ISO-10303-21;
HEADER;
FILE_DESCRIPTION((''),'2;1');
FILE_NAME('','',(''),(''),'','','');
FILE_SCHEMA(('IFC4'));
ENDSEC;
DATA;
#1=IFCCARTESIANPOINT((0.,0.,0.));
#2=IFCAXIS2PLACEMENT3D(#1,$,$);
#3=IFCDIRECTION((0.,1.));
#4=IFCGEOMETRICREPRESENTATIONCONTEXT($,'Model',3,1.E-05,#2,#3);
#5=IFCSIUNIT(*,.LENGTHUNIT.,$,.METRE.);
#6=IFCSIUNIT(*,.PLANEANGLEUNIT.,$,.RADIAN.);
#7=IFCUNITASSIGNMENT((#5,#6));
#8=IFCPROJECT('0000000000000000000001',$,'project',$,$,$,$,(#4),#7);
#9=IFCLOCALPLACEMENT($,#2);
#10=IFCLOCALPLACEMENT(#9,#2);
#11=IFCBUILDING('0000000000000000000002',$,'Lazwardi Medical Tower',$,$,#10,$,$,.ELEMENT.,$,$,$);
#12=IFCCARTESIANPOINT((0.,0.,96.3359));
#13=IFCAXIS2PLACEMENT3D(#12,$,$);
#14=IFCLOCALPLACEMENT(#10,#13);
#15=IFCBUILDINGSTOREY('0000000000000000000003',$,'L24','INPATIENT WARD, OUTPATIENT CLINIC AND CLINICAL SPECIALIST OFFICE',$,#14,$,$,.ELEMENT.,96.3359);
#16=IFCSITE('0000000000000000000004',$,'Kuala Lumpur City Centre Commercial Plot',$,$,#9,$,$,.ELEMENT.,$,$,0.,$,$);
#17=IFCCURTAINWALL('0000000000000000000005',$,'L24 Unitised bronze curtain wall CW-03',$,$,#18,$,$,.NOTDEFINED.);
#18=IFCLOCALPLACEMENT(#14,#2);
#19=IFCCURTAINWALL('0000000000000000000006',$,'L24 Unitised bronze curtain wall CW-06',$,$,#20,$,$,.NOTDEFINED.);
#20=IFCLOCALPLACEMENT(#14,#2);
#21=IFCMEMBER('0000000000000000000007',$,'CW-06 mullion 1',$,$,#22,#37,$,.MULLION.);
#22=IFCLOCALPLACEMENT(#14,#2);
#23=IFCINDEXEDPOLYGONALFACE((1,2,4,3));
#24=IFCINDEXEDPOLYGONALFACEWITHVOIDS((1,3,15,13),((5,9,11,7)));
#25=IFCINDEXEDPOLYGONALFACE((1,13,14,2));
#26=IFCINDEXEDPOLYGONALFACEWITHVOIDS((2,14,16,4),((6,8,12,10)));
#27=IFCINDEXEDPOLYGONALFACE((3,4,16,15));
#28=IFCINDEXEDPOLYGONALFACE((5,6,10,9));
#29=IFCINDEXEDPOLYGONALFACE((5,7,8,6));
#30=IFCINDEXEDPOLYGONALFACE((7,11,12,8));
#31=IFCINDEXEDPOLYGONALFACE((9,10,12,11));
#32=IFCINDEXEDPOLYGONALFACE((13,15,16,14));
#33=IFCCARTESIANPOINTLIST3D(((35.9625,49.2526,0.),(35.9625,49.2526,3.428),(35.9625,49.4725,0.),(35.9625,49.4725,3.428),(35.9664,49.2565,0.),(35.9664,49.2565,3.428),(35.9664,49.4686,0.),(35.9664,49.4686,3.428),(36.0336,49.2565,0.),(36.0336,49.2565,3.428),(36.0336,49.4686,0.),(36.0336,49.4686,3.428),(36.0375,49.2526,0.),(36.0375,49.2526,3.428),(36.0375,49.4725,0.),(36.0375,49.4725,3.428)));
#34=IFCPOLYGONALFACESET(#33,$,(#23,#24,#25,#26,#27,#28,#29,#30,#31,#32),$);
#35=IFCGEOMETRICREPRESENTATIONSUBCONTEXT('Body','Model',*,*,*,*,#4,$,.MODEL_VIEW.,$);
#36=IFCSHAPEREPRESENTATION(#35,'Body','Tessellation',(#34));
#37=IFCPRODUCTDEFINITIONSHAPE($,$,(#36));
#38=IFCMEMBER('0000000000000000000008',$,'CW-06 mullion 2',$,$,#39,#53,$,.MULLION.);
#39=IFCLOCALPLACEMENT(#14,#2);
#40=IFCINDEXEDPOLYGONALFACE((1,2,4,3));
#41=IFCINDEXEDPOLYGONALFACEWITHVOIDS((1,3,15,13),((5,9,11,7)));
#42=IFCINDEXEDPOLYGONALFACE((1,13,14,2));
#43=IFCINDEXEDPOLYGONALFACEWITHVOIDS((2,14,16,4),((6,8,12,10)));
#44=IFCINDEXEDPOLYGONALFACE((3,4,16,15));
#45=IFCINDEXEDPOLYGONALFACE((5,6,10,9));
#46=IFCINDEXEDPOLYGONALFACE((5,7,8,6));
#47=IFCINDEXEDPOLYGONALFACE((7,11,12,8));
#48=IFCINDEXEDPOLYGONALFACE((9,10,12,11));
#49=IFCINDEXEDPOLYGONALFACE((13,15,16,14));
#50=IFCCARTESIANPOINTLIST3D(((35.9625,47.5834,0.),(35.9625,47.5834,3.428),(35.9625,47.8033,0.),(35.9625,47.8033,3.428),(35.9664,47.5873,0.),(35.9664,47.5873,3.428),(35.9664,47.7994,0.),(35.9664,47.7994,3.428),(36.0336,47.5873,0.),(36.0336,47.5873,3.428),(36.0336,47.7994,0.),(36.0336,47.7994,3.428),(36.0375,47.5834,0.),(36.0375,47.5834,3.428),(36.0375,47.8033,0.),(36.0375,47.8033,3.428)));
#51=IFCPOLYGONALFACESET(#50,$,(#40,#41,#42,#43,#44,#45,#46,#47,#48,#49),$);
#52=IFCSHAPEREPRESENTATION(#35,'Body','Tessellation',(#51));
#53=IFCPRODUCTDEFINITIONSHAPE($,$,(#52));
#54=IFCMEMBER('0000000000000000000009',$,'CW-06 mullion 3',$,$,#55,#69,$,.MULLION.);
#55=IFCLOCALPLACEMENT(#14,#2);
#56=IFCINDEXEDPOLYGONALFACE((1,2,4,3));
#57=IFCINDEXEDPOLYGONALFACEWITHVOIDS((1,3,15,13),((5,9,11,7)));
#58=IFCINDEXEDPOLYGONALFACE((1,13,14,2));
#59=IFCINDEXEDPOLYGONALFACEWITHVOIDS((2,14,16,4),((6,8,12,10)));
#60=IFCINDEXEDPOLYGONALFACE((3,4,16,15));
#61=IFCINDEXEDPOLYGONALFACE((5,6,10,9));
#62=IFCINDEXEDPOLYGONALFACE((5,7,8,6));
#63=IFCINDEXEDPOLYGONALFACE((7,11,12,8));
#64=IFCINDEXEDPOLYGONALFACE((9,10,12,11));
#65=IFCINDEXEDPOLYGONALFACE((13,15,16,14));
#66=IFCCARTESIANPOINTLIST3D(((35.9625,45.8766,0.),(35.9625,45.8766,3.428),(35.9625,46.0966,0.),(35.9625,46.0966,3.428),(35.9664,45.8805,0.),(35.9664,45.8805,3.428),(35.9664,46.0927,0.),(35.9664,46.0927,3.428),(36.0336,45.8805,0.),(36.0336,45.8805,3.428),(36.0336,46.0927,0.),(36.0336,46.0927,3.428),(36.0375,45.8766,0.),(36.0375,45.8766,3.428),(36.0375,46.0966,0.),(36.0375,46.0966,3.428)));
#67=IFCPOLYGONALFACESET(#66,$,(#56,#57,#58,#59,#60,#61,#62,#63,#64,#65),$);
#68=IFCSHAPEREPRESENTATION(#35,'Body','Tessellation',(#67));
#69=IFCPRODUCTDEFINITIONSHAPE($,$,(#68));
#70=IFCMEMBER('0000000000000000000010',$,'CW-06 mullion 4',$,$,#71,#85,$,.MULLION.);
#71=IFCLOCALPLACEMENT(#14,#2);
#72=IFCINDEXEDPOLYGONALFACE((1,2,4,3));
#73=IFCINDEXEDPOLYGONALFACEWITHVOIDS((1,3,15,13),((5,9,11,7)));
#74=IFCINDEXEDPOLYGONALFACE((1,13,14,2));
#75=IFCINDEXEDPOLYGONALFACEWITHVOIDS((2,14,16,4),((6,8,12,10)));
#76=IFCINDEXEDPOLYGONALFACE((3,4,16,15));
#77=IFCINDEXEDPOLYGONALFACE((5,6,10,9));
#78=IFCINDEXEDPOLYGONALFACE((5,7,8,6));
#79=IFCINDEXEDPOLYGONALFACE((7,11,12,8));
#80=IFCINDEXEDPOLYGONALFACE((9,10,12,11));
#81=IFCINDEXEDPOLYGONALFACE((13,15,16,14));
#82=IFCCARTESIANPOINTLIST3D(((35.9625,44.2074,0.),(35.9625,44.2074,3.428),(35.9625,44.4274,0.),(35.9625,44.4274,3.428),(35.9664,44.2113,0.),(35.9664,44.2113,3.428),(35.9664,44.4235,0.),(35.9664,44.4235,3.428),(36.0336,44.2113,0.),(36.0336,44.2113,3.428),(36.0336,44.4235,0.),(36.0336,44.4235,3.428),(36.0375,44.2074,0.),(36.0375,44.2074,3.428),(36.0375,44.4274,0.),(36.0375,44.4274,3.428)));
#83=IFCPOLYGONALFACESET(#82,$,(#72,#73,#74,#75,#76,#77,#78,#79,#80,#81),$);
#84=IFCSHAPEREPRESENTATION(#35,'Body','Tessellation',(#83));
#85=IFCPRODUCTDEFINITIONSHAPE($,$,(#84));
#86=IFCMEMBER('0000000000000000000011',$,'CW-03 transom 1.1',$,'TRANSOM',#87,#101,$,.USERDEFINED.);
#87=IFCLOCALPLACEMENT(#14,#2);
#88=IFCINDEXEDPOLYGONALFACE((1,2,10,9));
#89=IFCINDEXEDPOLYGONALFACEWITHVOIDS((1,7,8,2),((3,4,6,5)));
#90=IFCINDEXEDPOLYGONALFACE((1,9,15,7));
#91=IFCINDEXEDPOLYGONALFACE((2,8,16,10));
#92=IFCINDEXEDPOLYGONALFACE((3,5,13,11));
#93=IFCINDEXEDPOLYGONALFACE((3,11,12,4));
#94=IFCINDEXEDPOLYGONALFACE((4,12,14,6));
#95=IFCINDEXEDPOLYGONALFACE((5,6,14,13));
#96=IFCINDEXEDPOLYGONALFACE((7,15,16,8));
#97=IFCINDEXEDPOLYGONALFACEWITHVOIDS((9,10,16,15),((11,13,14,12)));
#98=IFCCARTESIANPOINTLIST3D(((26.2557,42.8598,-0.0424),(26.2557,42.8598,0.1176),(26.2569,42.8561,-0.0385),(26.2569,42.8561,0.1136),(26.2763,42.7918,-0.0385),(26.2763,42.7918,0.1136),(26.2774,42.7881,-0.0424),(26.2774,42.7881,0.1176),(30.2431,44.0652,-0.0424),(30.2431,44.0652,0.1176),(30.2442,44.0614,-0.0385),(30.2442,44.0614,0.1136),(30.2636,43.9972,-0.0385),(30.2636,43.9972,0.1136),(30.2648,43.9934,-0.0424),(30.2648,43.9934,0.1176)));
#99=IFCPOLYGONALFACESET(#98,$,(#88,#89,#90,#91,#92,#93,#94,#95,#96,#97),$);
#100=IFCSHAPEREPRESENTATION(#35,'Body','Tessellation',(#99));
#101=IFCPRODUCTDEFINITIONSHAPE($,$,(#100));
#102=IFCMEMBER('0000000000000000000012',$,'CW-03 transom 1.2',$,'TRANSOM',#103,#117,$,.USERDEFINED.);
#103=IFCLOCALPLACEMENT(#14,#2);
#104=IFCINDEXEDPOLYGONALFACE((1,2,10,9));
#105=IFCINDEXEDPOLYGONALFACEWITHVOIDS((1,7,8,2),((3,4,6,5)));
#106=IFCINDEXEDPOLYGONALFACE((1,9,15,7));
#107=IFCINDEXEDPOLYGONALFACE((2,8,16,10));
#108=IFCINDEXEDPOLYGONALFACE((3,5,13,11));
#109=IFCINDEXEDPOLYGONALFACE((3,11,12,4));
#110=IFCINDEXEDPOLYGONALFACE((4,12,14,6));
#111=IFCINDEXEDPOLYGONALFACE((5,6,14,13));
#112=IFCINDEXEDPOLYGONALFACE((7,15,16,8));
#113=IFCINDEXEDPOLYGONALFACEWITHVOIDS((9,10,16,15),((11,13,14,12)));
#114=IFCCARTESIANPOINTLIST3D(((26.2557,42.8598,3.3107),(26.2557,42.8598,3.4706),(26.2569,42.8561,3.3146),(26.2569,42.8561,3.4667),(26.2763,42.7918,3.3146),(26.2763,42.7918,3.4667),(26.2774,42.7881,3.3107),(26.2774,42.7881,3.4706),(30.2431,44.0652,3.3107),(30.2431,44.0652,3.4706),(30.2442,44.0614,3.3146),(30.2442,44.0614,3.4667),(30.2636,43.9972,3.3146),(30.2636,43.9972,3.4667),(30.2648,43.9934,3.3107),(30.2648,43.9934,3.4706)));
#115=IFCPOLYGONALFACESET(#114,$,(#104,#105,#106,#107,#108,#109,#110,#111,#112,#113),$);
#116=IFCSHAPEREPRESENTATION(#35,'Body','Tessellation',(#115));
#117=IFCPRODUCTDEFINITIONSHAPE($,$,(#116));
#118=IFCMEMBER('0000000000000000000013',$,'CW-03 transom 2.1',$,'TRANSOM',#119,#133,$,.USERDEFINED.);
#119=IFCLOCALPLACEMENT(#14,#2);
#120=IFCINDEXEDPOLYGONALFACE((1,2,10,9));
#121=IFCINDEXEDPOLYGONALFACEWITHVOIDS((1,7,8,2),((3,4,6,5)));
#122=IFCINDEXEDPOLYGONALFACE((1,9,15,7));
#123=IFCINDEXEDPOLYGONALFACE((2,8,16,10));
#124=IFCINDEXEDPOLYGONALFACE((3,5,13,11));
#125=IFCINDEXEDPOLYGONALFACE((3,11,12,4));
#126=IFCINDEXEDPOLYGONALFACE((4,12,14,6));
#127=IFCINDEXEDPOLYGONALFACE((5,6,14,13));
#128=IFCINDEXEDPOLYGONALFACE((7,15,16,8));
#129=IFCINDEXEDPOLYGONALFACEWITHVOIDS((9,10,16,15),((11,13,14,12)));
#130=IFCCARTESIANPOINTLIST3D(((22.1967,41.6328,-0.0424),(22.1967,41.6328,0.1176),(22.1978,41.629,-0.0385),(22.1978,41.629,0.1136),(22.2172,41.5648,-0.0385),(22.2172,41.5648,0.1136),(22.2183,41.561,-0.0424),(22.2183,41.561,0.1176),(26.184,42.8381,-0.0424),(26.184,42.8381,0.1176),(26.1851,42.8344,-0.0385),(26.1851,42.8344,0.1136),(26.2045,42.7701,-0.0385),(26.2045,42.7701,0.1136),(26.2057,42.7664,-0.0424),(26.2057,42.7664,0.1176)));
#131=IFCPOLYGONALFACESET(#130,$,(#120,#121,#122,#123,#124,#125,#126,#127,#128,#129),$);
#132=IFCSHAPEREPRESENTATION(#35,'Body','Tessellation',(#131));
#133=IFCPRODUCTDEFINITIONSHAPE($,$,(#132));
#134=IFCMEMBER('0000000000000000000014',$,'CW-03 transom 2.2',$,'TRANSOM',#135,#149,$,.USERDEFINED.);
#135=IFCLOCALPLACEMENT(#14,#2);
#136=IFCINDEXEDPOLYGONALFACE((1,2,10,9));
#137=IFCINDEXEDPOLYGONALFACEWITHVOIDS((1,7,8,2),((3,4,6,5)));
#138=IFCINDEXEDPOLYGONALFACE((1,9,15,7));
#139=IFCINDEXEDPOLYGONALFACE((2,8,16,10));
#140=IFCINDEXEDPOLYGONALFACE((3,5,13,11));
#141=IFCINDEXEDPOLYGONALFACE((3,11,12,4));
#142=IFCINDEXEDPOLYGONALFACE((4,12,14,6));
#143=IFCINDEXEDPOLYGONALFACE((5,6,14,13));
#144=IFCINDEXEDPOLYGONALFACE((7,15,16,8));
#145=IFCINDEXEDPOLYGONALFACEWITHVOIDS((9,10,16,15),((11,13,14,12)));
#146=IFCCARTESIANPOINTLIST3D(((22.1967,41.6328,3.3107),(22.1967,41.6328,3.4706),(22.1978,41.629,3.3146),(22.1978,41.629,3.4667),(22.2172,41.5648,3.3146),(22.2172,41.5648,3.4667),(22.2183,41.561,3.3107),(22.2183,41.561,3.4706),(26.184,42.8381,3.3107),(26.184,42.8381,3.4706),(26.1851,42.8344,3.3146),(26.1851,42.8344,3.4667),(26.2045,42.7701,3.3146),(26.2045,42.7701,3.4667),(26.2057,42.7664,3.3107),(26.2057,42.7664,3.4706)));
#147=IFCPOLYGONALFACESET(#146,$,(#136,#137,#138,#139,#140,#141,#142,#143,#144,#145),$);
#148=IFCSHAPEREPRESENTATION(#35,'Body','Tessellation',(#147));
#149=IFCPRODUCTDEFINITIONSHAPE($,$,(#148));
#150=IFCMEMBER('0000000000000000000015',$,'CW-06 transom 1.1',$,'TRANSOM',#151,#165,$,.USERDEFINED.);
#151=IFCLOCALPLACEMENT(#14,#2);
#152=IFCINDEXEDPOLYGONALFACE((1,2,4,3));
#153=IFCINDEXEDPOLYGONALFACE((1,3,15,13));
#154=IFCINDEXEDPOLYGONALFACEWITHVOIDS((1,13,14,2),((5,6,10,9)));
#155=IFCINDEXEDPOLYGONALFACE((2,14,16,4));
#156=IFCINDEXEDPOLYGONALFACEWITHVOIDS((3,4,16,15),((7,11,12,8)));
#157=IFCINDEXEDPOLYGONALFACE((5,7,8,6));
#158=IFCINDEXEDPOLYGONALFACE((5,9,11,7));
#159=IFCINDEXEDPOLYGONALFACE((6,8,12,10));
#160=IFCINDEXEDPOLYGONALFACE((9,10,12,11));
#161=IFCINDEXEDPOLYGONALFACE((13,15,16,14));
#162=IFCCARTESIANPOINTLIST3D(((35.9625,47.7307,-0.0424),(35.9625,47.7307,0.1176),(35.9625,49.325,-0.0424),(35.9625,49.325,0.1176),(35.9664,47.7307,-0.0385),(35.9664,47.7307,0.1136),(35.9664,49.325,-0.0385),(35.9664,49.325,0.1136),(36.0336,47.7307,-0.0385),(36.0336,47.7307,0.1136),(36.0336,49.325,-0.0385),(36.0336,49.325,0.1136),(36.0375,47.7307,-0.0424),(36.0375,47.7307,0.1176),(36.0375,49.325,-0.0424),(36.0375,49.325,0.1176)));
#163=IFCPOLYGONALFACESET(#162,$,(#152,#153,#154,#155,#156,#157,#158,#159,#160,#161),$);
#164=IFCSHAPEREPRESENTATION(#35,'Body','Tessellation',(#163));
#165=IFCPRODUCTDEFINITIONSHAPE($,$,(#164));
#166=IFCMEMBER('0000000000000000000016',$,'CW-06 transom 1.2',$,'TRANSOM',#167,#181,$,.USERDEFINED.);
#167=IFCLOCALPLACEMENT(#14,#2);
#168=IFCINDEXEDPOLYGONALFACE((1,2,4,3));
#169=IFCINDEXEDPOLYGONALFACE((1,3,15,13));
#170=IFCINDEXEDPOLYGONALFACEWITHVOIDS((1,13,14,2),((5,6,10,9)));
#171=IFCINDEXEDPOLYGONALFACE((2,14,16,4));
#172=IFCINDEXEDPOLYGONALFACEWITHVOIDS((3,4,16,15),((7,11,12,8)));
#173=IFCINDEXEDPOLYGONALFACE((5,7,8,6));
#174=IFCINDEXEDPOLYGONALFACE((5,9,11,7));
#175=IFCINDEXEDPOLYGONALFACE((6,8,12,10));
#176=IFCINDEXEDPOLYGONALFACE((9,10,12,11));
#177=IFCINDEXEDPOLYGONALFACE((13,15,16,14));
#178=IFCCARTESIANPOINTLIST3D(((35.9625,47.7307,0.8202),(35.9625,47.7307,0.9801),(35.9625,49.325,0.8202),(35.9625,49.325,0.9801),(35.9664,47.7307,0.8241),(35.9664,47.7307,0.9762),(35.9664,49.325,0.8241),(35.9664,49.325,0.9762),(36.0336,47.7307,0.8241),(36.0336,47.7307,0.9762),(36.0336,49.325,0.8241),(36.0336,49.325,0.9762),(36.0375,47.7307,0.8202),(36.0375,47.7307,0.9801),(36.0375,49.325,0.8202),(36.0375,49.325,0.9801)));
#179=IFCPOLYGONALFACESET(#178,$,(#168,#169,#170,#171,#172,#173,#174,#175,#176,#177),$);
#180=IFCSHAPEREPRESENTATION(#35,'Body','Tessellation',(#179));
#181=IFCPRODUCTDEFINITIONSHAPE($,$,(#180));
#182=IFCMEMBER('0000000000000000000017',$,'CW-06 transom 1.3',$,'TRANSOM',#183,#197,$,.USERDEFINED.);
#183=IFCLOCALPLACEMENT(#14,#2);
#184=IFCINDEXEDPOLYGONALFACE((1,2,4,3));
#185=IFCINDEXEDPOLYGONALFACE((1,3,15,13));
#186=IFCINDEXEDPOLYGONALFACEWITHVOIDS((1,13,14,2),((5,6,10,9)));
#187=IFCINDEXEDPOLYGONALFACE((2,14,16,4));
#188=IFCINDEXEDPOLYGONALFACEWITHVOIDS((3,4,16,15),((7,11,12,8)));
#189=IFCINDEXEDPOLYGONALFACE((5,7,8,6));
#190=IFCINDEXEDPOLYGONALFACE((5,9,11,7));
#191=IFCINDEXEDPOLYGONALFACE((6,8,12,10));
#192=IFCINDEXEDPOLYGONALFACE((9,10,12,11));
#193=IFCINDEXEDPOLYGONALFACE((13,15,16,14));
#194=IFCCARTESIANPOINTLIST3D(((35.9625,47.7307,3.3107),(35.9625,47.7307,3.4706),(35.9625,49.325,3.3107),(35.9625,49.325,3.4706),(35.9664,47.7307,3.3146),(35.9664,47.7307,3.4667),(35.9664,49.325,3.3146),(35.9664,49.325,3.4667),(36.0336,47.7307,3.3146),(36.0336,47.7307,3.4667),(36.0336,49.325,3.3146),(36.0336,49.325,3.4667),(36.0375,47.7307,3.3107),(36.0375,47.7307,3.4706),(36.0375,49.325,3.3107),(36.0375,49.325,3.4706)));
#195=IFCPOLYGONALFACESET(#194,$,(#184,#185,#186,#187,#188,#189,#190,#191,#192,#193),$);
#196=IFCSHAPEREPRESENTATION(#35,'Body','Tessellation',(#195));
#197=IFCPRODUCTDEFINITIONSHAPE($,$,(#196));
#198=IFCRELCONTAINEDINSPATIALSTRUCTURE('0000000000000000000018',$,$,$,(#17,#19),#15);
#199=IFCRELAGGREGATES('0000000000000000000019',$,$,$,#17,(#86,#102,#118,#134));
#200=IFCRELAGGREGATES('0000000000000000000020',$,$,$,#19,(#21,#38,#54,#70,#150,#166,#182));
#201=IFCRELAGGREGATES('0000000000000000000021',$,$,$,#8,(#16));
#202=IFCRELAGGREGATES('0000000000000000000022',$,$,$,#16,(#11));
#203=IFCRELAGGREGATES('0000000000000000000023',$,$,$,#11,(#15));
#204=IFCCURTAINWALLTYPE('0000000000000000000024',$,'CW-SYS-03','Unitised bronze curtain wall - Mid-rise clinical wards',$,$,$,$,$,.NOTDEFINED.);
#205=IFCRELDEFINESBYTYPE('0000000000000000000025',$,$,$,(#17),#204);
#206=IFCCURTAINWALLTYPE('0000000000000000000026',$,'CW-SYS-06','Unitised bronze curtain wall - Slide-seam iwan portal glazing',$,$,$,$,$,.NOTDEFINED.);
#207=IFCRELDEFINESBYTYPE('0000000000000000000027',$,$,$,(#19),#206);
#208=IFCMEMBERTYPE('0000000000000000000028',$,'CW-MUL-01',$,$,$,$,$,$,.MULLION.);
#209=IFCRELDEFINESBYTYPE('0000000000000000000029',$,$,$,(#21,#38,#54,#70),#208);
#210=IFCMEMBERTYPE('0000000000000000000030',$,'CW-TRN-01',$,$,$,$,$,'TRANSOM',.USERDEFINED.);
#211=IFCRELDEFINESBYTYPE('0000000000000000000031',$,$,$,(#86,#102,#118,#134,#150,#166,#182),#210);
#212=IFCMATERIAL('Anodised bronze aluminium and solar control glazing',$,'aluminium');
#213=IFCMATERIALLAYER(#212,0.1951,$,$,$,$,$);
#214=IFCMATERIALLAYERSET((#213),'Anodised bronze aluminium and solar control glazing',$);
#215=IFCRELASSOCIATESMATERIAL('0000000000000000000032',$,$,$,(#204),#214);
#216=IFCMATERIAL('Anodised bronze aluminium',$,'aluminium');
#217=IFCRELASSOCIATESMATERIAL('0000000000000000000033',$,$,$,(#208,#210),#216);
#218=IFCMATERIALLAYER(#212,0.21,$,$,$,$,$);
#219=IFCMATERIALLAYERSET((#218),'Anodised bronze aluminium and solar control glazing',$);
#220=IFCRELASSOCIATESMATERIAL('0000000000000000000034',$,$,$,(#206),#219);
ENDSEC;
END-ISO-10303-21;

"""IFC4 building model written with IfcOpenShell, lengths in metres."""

from ifc_helpers import new_model, si_unit, direction, frame, origin, origin_2d, place, context, subcontext, project, spatial, hollow_rectangle, extrude, material, layer, layer_set, material_profile, profile_set, type_object, element, aggregate, save


model = new_model("IFC4")

# Units and contexts
model_context = context("Model", 3, precision=1e-05, world=origin(), true_north=direction((0.0, 1.0)))
body_context = subcontext(model_context, "Body", "Model", "MODEL_VIEW")
ifc_project = project(units=[si_unit("LENGTHUNIT", "METRE"), si_unit("PLANEANGLEUNIT", "RADIAN")], contexts=[model_context])

# Site, building, storey
site_placement = place(None, origin())
site = spatial("IfcSite", under=ifc_project, at=site_placement, Name="Kuala Lumpur City Centre Commercial Plot", CompositionType="ELEMENT", RefElevation=0.0)
building_placement = place(site_placement, origin())
building = spatial("IfcBuilding", under=site, at=building_placement, Name="Lazwardi Medical Tower", CompositionType="ELEMENT")
storey_placement = place(building_placement, frame((0.0, 0.0, 96.3359)))
storey = spatial("IfcBuildingStorey", under=building, at=storey_placement, Name="L24", Description="INPATIENT WARD, OUTPATIENT CLINIC AND CLINICAL SPECIALIST OFFICE", CompositionType="ELEMENT", Elevation=96.3359)

# Curtain walls, members
ifc_material_1 = material(Name="Anodised bronze aluminium and solar control glazing", Category="aluminium")
ifc_layer_1 = layer(ifc_material_1, 0.1951)
ifc_layer_set_1 = layer_set([ifc_layer_1], Name="Anodised bronze aluminium and solar control glazing")
curtain_wall_type_1 = type_object("IfcCurtainWallType", Name="CW-SYS-03", Description="Unitised bronze curtain wall - Mid-rise clinical wards", PredefinedType="NOTDEFINED", material=ifc_layer_set_1)
curtain_wall_1_placement = place(storey_placement, origin())
curtain_wall_1 = element("IfcCurtainWall", 1, at=curtain_wall_1_placement, inside=storey, type_object=curtain_wall_type_1, Name="L24 Unitised bronze curtain wall CW-03", PredefinedType="NOTDEFINED")
ifc_material_2 = material(Name="Anodised bronze aluminium", Category="aluminium")
ifc_material_profile_1 = material_profile(ifc_material_2, hollow_rectangle(XDim=0.075, YDim=0.22, WallThickness=0.0039, at=origin_2d()), Name="ALU-MULLION 220x75x4")
ifc_profile_set_1 = profile_set([ifc_material_profile_1], Name="Anodised bronze aluminium")
member_type_1 = type_object("IfcMemberType", Name="CW-MUL-01", PredefinedType="MULLION", material=ifc_profile_set_1)
ifc_layer_2 = layer(ifc_material_1, 0.21)
ifc_layer_set_2 = layer_set([ifc_layer_2], Name="Anodised bronze aluminium and solar control glazing")
curtain_wall_type_2 = type_object("IfcCurtainWallType", Name="CW-SYS-06", Description="Unitised bronze curtain wall - Slide-seam iwan portal glazing", PredefinedType="NOTDEFINED", material=ifc_layer_set_2)
curtain_wall_2_placement = place(storey_placement, origin())
curtain_wall_2 = element("IfcCurtainWall", 2, at=curtain_wall_2_placement, inside=storey, type_object=curtain_wall_type_2, Name="L24 Unitised bronze curtain wall CW-06", PredefinedType="NOTDEFINED")
member_1_placement = place(storey_placement, frame((36.0, 49.3625, 0.0), z_axis=(0.0, 0.0, 1.0), x_axis=(1.0, 0.0, 0.0)))
member_1 = element("IfcMember", 3, at=member_1_placement, type_object=member_type_1, Name="CW-06 mullion 1", PredefinedType="MULLION", context=body_context, shape_type="SweptSolid", body=[
    extrude(hollow_rectangle(XDim=0.075, YDim=0.22, WallThickness=0.0039, at=origin_2d()), origin(), (0.0, 0.0, 1.0), 3.428),
])
member_2_placement = place(storey_placement, frame((36.0, 47.6934, 0.0), z_axis=(0.0, 0.0, 1.0), x_axis=(1.0, 0.0, 0.0)))
member_2 = element("IfcMember", 4, at=member_2_placement, type_object=member_type_1, Name="CW-06 mullion 2", PredefinedType="MULLION", context=body_context, shape_type="SweptSolid", body=[
    extrude(hollow_rectangle(XDim=0.075, YDim=0.22, WallThickness=0.0039, at=origin_2d()), origin(), (0.0, 0.0, 1.0), 3.428),
])
member_3_placement = place(storey_placement, frame((36.0, 45.9866, 0.0), z_axis=(0.0, 0.0, 1.0), x_axis=(1.0, 0.0, 0.0)))
member_3 = element("IfcMember", 5, at=member_3_placement, type_object=member_type_1, Name="CW-06 mullion 3", PredefinedType="MULLION", context=body_context, shape_type="SweptSolid", body=[
    extrude(hollow_rectangle(XDim=0.075, YDim=0.22, WallThickness=0.0039, at=origin_2d()), origin(), (0.0, 0.0, 1.0), 3.428),
])
member_4_placement = place(storey_placement, frame((36.0, 44.3174, 0.0), z_axis=(0.0, 0.0, 1.0), x_axis=(1.0, 0.0, 0.0)))
member_4 = element("IfcMember", 6, at=member_4_placement, type_object=member_type_1, Name="CW-06 mullion 4", PredefinedType="MULLION", context=body_context, shape_type="SweptSolid", body=[
    extrude(hollow_rectangle(XDim=0.075, YDim=0.22, WallThickness=0.0039, at=origin_2d()), origin(), (0.0, 0.0, 1.0), 3.428),
])

# Members
ifc_material_profile_2 = material_profile(ifc_material_2, hollow_rectangle(XDim=0.075, YDim=0.1599, WallThickness=0.0039, at=origin_2d()), Name="ALU-TRANSOM 160x75x4")
ifc_profile_set_2 = profile_set([ifc_material_profile_2], Name="Anodised bronze aluminium")
member_type_2 = type_object("IfcMemberType", Name="CW-TRN-01", ElementType="TRANSOM", PredefinedType="USERDEFINED", material=ifc_profile_set_2)
member_5_placement = place(storey_placement, frame((30.2539, 44.0293, 0.0376), z_axis=(-0.957221, -0.289358, 0.0), x_axis=(0.289358, -0.957221, 0.0)))
member_5 = element("IfcMember", 7, at=member_5_placement, type_object=member_type_2, Name="CW-03 transom 1.1", ObjectType="TRANSOM", PredefinedType="USERDEFINED", context=body_context, shape_type="SweptSolid", body=[
    extrude(hollow_rectangle(XDim=0.075, YDim=0.1599, WallThickness=0.0039, at=origin_2d()), origin(), (0.0, 0.0, 1.0), 4.1655),
])
member_6_placement = place(storey_placement, frame((30.2539, 44.0293, 3.3906), z_axis=(-0.957221, -0.289358, 0.0), x_axis=(0.289358, -0.957221, 0.0)))
member_6 = element("IfcMember", 8, at=member_6_placement, type_object=member_type_2, Name="CW-03 transom 1.2", ObjectType="TRANSOM", PredefinedType="USERDEFINED", context=body_context, shape_type="SweptSolid", body=[
    extrude(hollow_rectangle(XDim=0.075, YDim=0.1599, WallThickness=0.0039, at=origin_2d()), origin(), (0.0, 0.0, 1.0), 4.1655),
])
member_7_placement = place(storey_placement, frame((26.1948, 42.8022, 0.0376), z_axis=(-0.957221, -0.289358, 0.0), x_axis=(0.289358, -0.957221, 0.0)))
member_7 = element("IfcMember", 9, at=member_7_placement, type_object=member_type_2, Name="CW-03 transom 2.1", ObjectType="TRANSOM", PredefinedType="USERDEFINED", context=body_context, shape_type="SweptSolid", body=[
    extrude(hollow_rectangle(XDim=0.075, YDim=0.1599, WallThickness=0.0039, at=origin_2d()), origin(), (0.0, 0.0, 1.0), 4.1655),
])
member_8_placement = place(storey_placement, frame((26.1948, 42.8022, 3.3906), z_axis=(-0.957221, -0.289358, 0.0), x_axis=(0.289358, -0.957221, 0.0)))
member_8 = element("IfcMember", 10, at=member_8_placement, type_object=member_type_2, Name="CW-03 transom 2.2", ObjectType="TRANSOM", PredefinedType="USERDEFINED", context=body_context, shape_type="SweptSolid", body=[
    extrude(hollow_rectangle(XDim=0.075, YDim=0.1599, WallThickness=0.0039, at=origin_2d()), origin(), (0.0, 0.0, 1.0), 4.1655),
])
member_9_placement = place(storey_placement, frame((36.0, 49.325, 0.0376), z_axis=(0.0, -1.0, 0.0), x_axis=(1.0, 0.0, 0.0)))
member_9 = element("IfcMember", 11, at=member_9_placement, type_object=member_type_2, Name="CW-06 transom 1.1", ObjectType="TRANSOM", PredefinedType="USERDEFINED", context=body_context, shape_type="SweptSolid", body=[
    extrude(hollow_rectangle(XDim=0.075, YDim=0.1599, WallThickness=0.0039, at=origin_2d()), origin(), (0.0, 0.0, 1.0), 1.5942),
])
member_10_placement = place(storey_placement, frame((36.0, 49.325, 0.9001), z_axis=(0.0, -1.0, 0.0), x_axis=(1.0, 0.0, 0.0)))
member_10 = element("IfcMember", 12, at=member_10_placement, type_object=member_type_2, Name="CW-06 transom 1.2", ObjectType="TRANSOM", PredefinedType="USERDEFINED", context=body_context, shape_type="SweptSolid", body=[
    extrude(hollow_rectangle(XDim=0.075, YDim=0.1599, WallThickness=0.0039, at=origin_2d()), origin(), (0.0, 0.0, 1.0), 1.5942),
])
member_11_placement = place(storey_placement, frame((36.0, 49.325, 3.3906), z_axis=(0.0, -1.0, 0.0), x_axis=(1.0, 0.0, 0.0)))
member_11 = element("IfcMember", 13, at=member_11_placement, type_object=member_type_2, Name="CW-06 transom 1.3", ObjectType="TRANSOM", PredefinedType="USERDEFINED", context=body_context, shape_type="SweptSolid", body=[
    extrude(hollow_rectangle(XDim=0.075, YDim=0.1599, WallThickness=0.0039, at=origin_2d()), origin(), (0.0, 0.0, 1.0), 1.5942),
])

aggregate(curtain_wall_1, [member_5, member_6, member_7, member_8])
aggregate(curtain_wall_2, [member_1, member_2, member_3, member_4, member_9, member_10, member_11])

save(model, "model.ifc")
